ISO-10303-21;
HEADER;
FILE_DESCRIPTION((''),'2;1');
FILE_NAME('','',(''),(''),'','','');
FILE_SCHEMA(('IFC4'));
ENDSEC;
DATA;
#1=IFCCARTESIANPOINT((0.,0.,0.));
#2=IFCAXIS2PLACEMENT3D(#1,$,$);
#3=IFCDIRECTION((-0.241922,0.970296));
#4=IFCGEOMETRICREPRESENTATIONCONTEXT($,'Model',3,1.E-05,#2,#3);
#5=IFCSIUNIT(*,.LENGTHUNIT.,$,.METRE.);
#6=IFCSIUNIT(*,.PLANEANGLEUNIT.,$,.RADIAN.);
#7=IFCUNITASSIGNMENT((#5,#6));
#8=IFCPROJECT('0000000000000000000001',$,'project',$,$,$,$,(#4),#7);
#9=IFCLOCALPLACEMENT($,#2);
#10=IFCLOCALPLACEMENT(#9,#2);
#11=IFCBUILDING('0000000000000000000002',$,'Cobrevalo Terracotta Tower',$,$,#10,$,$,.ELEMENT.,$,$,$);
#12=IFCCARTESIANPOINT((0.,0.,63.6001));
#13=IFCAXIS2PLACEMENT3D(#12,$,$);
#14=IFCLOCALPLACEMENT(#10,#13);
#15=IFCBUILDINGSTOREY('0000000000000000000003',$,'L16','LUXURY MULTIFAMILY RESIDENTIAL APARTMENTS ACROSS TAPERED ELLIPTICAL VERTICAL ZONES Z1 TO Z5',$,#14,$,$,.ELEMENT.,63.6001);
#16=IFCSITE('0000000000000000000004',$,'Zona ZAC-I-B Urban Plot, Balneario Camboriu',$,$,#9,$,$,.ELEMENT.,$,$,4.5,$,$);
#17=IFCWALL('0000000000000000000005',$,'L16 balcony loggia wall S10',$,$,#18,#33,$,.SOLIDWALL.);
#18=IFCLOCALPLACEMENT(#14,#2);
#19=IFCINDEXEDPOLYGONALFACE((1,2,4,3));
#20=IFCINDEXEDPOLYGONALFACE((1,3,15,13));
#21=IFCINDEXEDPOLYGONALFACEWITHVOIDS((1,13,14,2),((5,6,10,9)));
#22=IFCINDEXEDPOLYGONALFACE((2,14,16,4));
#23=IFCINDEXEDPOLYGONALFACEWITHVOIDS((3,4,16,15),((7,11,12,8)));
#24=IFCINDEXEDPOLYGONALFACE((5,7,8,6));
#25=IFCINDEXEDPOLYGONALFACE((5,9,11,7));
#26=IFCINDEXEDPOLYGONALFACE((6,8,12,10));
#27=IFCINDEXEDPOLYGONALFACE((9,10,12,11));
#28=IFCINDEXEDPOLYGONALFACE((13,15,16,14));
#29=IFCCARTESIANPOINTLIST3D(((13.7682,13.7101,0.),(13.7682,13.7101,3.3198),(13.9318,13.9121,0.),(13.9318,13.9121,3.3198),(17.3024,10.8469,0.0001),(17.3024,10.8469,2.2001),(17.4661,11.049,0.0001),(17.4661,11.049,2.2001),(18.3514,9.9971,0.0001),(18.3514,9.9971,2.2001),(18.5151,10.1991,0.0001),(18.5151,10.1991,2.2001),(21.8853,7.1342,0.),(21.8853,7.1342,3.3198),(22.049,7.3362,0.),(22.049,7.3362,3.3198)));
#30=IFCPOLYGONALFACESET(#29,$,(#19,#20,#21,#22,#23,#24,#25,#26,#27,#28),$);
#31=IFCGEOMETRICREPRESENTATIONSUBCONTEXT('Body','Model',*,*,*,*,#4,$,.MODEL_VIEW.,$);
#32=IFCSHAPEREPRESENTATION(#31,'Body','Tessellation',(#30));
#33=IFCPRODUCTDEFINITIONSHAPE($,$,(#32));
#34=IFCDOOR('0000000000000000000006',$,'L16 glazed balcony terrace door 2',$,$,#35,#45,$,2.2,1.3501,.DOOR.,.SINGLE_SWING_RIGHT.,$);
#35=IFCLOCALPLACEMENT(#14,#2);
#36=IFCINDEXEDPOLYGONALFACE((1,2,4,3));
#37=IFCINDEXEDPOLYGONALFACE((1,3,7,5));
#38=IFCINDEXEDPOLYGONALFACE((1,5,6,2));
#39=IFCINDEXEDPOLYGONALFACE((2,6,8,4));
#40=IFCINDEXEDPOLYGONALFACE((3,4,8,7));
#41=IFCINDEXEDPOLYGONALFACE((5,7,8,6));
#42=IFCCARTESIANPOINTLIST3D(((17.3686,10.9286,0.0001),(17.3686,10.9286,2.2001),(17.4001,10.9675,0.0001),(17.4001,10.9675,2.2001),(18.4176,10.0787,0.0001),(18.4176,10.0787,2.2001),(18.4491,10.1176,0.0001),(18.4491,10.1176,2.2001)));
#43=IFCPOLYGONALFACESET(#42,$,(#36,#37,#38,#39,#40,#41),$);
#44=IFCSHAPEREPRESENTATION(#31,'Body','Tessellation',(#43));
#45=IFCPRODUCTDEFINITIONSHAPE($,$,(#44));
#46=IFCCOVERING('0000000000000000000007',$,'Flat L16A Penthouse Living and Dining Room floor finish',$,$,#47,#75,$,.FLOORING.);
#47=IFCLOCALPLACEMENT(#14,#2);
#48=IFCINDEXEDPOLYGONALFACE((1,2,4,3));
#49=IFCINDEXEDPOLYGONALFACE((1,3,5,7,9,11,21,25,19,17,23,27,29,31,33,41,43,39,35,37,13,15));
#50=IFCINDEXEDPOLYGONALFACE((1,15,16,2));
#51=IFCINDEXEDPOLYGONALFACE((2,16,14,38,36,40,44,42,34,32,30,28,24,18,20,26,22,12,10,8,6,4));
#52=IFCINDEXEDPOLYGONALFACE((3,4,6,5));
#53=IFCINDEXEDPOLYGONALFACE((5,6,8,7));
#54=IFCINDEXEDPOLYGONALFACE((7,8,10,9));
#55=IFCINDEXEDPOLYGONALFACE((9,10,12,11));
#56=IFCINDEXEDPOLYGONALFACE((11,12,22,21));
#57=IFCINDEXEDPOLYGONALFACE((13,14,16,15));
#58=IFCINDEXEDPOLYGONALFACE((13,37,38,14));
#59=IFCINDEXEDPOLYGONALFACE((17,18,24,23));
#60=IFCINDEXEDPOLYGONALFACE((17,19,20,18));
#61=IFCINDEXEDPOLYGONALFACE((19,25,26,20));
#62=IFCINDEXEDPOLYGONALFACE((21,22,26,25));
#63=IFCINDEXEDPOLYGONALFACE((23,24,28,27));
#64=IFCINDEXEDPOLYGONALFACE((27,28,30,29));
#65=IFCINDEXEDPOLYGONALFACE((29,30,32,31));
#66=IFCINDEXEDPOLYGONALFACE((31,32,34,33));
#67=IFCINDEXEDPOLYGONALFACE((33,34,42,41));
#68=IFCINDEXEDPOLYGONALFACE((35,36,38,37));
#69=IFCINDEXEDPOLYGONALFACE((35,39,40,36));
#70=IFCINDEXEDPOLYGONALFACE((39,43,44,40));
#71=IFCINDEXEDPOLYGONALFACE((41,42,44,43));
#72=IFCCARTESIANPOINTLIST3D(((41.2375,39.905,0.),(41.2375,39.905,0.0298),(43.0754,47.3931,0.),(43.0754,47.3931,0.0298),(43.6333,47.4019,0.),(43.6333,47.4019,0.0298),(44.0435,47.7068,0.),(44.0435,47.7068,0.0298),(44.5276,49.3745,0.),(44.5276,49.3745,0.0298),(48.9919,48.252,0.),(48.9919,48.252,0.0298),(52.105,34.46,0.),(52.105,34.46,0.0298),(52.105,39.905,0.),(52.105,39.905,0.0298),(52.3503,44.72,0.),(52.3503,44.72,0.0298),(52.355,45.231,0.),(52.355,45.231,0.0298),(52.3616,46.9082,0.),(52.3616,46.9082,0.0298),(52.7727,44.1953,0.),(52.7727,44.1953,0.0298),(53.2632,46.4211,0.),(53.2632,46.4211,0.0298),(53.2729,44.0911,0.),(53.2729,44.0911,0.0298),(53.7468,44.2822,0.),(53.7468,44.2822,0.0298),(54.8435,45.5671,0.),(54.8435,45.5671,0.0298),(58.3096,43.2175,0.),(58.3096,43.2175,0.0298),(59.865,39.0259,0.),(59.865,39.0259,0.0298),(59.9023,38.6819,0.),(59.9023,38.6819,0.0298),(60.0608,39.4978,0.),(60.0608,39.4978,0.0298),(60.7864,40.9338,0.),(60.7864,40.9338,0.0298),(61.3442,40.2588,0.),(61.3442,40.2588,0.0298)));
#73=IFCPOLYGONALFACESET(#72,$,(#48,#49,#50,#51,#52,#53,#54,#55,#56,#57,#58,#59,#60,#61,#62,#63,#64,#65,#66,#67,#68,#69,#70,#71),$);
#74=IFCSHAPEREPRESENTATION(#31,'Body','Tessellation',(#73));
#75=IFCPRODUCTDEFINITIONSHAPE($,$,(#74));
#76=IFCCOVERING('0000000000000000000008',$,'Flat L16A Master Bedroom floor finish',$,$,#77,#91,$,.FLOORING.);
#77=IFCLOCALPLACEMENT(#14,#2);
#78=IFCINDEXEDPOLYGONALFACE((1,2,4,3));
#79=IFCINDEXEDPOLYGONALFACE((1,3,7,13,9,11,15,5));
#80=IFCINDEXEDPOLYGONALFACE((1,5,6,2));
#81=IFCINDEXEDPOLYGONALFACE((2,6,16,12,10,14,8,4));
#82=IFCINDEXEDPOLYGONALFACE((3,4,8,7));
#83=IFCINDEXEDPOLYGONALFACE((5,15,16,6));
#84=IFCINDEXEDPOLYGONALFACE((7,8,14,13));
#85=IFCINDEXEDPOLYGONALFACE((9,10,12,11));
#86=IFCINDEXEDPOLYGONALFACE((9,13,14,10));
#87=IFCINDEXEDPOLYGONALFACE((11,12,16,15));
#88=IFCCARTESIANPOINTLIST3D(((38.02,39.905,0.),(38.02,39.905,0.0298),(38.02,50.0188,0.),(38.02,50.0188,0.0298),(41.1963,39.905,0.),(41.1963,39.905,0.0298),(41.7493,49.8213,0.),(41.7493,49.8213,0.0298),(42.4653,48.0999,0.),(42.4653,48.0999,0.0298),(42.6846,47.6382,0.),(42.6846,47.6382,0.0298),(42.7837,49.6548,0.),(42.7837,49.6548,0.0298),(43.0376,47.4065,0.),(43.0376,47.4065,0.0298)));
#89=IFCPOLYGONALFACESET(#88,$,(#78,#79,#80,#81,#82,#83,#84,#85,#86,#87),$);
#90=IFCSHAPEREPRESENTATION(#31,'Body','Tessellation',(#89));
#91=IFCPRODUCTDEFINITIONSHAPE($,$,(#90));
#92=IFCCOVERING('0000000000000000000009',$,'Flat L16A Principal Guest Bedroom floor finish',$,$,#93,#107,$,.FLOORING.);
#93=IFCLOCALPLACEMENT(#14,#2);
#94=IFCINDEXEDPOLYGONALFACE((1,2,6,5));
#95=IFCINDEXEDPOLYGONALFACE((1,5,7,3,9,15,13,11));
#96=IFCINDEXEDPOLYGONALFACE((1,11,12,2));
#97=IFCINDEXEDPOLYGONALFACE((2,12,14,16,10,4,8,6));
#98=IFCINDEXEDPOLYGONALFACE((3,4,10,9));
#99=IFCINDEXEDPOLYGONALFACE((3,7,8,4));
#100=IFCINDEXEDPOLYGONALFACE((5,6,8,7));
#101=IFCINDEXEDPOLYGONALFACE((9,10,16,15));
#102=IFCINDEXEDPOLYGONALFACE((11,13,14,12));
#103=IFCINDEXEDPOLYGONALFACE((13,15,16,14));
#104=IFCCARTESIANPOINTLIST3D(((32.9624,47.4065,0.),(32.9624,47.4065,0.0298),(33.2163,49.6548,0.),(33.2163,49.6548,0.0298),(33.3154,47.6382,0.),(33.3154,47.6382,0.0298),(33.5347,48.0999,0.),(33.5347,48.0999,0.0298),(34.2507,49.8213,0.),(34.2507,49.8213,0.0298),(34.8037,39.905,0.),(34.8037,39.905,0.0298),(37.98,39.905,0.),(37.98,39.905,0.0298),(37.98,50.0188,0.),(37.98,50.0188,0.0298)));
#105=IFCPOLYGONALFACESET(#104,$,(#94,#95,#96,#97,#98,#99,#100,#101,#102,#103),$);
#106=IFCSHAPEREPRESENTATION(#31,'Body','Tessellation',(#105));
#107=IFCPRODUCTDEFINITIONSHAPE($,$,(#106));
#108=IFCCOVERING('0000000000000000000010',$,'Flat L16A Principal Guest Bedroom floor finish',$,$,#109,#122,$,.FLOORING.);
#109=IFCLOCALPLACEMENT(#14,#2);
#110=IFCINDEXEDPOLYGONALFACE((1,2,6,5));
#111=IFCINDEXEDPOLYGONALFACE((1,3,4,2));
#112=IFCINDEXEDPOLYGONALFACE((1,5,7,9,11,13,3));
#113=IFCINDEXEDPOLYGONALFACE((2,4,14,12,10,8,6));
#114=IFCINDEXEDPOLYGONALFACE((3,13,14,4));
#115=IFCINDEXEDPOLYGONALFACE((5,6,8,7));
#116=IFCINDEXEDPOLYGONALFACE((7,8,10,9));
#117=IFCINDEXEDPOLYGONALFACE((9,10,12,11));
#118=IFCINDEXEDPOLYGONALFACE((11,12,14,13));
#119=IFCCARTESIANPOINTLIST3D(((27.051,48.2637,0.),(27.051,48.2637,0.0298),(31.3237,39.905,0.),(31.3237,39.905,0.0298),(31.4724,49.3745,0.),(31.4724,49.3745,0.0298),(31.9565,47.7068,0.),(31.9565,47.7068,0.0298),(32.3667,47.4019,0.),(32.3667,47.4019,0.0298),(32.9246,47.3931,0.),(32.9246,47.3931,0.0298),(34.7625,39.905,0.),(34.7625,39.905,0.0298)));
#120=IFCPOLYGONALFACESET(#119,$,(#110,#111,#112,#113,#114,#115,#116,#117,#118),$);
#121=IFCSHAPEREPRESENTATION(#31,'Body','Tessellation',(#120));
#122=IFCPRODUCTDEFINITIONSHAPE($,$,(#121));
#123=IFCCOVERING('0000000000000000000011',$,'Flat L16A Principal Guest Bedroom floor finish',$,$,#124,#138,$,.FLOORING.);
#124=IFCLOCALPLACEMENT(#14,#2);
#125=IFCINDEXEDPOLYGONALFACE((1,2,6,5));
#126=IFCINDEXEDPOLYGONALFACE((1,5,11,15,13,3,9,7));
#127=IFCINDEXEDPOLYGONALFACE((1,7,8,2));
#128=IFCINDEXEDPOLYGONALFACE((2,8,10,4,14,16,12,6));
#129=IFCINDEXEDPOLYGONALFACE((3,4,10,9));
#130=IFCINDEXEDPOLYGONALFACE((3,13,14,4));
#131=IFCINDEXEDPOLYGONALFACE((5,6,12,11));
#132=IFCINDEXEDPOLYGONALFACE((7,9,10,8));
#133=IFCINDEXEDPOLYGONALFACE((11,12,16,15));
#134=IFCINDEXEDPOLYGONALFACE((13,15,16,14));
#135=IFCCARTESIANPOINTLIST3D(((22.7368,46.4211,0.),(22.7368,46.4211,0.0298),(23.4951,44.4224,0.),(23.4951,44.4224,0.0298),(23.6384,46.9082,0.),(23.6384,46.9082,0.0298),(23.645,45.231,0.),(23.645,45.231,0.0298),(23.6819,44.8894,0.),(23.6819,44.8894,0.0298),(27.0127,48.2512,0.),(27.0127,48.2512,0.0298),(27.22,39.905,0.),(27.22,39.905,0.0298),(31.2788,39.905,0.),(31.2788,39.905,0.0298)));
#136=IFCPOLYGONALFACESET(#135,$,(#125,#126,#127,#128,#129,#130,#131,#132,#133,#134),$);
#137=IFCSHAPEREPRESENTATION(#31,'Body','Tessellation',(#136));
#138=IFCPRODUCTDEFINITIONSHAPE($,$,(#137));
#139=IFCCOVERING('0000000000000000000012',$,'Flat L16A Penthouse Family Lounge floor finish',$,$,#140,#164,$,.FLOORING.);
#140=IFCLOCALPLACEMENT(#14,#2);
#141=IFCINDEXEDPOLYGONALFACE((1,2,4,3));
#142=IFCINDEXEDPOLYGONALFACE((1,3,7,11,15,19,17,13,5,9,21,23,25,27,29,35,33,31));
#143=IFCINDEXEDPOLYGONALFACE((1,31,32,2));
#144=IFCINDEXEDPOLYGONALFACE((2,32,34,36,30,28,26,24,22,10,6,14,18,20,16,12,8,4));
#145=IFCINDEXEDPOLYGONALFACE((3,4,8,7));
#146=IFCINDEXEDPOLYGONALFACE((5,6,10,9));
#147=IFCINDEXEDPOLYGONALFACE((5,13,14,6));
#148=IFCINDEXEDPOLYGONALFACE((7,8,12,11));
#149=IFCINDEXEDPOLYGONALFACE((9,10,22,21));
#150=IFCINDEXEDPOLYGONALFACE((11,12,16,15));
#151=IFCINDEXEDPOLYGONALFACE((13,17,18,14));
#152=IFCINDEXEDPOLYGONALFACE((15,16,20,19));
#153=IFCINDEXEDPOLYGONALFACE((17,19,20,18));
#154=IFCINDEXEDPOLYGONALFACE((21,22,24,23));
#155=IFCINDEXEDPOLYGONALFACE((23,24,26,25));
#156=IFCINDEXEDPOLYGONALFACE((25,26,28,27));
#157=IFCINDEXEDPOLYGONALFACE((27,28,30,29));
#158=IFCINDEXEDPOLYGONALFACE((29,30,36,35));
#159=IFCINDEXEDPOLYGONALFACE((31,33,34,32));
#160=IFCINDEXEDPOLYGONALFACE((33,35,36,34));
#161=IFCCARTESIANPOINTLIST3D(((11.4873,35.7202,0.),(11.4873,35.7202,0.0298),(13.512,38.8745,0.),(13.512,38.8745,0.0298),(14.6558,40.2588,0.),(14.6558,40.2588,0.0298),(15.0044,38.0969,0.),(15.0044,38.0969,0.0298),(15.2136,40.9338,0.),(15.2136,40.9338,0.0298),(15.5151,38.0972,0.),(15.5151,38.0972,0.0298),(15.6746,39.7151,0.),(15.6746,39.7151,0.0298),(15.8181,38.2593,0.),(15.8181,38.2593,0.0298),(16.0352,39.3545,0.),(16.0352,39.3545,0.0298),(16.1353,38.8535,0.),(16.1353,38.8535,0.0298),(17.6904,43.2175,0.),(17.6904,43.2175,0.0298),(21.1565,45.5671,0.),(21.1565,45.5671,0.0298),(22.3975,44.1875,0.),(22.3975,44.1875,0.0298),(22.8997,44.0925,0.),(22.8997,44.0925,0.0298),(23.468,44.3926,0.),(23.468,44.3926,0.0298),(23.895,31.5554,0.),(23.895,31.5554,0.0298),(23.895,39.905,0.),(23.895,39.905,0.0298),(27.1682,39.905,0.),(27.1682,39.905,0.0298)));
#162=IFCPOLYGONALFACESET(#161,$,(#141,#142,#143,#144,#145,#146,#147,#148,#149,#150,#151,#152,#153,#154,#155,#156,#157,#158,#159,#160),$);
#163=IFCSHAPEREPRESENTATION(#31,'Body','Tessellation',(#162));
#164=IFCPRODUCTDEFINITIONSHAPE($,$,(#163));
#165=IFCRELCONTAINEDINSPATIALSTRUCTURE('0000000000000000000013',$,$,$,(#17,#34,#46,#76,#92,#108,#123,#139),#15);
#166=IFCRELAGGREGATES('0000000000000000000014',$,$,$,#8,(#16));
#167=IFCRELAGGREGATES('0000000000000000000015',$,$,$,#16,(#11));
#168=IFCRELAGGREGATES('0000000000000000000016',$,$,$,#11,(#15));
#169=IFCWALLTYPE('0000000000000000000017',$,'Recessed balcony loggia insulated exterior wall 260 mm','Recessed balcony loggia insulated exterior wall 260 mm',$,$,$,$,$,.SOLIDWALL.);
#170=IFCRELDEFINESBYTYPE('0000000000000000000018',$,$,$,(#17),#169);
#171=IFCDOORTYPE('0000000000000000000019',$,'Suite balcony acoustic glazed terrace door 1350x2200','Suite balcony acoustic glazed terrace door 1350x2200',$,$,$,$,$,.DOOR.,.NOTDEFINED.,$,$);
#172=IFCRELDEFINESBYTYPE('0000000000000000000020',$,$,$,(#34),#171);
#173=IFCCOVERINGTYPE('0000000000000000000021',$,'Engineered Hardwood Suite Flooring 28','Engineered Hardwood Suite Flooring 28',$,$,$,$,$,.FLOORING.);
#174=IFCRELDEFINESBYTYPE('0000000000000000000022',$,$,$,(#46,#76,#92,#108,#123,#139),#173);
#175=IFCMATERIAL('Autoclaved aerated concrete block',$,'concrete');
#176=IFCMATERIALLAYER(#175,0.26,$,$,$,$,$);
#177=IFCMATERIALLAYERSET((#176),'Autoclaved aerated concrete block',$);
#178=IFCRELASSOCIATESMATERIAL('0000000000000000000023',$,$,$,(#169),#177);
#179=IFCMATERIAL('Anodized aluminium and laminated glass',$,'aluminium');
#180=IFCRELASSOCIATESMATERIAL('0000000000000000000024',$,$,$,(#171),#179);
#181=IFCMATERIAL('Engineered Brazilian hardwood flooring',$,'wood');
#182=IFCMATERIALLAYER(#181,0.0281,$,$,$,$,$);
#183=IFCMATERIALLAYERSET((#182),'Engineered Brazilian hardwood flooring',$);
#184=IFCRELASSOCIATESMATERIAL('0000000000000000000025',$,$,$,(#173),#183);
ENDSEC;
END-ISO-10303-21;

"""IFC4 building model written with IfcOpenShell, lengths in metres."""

from ifc_helpers import new_model, si_unit, direction, frame, frame_2d, origin, place, context, subcontext, project, spatial, polyline, rectangle, outline, extrude, source, transform, mapped, material, layer, layer_set, type_object, element, fill, save


model = new_model("IFC4")

# Units and contexts
model_context = context("Model", 3, precision=1e-05, world=origin(), true_north=direction((-0.241922, 0.970296)))
body_context = subcontext(model_context, "Body", "Model", "MODEL_VIEW")
ifc_project = project(units=[si_unit("LENGTHUNIT", "METRE"), si_unit("PLANEANGLEUNIT", "RADIAN")], contexts=[model_context])

# Site, building, storey
site_placement = place(None, origin())
site = spatial("IfcSite", under=ifc_project, at=site_placement, Name="Zona ZAC-I-B Urban Plot, Balneario Camboriu", CompositionType="ELEMENT", RefElevation=4.5)
building_placement = place(site_placement, origin())
building = spatial("IfcBuilding", under=site, at=building_placement, Name="Cobrevalo Terracotta Tower", CompositionType="ELEMENT")
storey_placement = place(building_placement, frame((0.0, 0.0, 63.6001)))
storey = spatial("IfcBuildingStorey", under=building, at=storey_placement, Name="L16", Description="LUXURY MULTIFAMILY RESIDENTIAL APARTMENTS ACROSS TAPERED ELLIPTICAL VERTICAL ZONES Z1 TO Z5", CompositionType="ELEMENT", Elevation=63.6001)

# Wall, opening, door
ifc_material_1 = material(Name="Autoclaved aerated concrete block", Category="concrete")
ifc_layer_1 = layer(ifc_material_1, 0.26)
ifc_layer_set_1 = layer_set([ifc_layer_1], Name="Autoclaved aerated concrete block")
wall_type = type_object("IfcWallType", Name="Recessed balcony loggia insulated exterior wall 260 mm", Description="Recessed balcony loggia insulated exterior wall 260 mm", PredefinedType="SOLIDWALL", material=ifc_layer_set_1)
wall_placement = place(storey_placement, frame((13.8501, 13.811, 0.0), z_axis=(0.0, 0.0, 1.0), x_axis=(0.777017, -0.62948, 0.0)))
wall = element("IfcWall", 1, at=wall_placement, inside=storey, type_object=wall_type, Name="L16 balcony loggia wall S10", PredefinedType="SOLIDWALL", context=body_context, shape_type="SweptSolid", body=[
    extrude(rectangle(XDim=10.4465, YDim=0.26, at=frame_2d((5.2231, 0.0))), origin(), (0.0, 0.0, 1.0), 3.3198),
])
opening_placement = place(wall_placement, frame((4.5483, 0.0, 0.0)))
opening = element("IfcOpeningElement", 2, at=opening_placement, cuts=wall, PredefinedType="OPENING", context=body_context, shape_type="SweptSolid", body=[
    extrude(rectangle(XDim=1.3501, YDim=2.2, at=frame_2d((0.675, 1.1001))), frame((0.0, 0.1401, 0.0), z_axis=(0.0, -1.0, 0.0), x_axis=(1.0, 0.0, 0.0)), (0.0, 0.0, 1.0), 0.28),
])
ifc_material_2 = material(Name="Anodized aluminium and laminated glass", Category="aluminium")
door_type = type_object("IfcDoorType", Name="Suite balcony acoustic glazed terrace door 1350x2200", Description="Suite balcony acoustic glazed terrace door 1350x2200", OperationType="NOTDEFINED", PredefinedType="DOOR", material=ifc_material_2)
shared_shape_1 = source(origin(), body_context, "Body", "SweptSolid", [
    extrude(rectangle(XDim=1.3501, YDim=2.2, at=frame_2d((0.675, 1.1001))), frame((0.0, 0.0249, 0.0), z_axis=(0.0, -1.0, 0.0), x_axis=(1.0, 0.0, 0.0)), (0.0, 0.0, 1.0), 0.05),
])
door_placement = place(opening_placement, frame((1.3501, 0.0, 0.0), z_axis=(0.0, 0.0, 1.0), x_axis=(-1.0, 0.0, 0.0)))
door = element("IfcDoor", 3, at=door_placement, inside=storey, type_object=door_type, Name="L16 glazed balcony terrace door 2", OperationType="SINGLE_SWING_RIGHT", OverallHeight=2.2, OverallWidth=1.3501, PredefinedType="DOOR", context=body_context, shape_type="MappedRepresentation", body=[
    mapped(shared_shape_1, transform((0.0, 0.0, 0.0), scale=1.0)),
])
fill(opening, door)

# Coverings
ifc_material_3 = material(Name="Engineered Brazilian hardwood flooring", Category="wood")
ifc_layer_2 = layer(ifc_material_3, 0.0281)
ifc_layer_set_2 = layer_set([ifc_layer_2], Name="Engineered Brazilian hardwood flooring")
covering_type_1 = type_object("IfcCoveringType", Name="Engineered Hardwood Suite Flooring 28", Description="Engineered Hardwood Suite Flooring 28", PredefinedType="FLOORING", material=ifc_layer_set_2)
covering_1_placement = place(storey_placement, origin())
element("IfcCovering", 4, at=covering_1_placement, inside=storey, type_object=covering_type_1, Name="Flat L16A Penthouse Living and Dining Room floor finish", PredefinedType="FLOORING", context=body_context, shape_type="SweptSolid", body=[
    extrude(outline(polyline([(48.9919, 48.252), (52.3616, 46.9082), (53.2632, 46.4211), (52.355, 45.231), (52.3503, 44.72), (52.7727, 44.1953), (53.2729, 44.0911), (53.7468, 44.2822), (54.8435, 45.5671), (58.3096, 43.2175), (60.7864, 40.9338), (61.3442, 40.2588), (60.0608, 39.4978), (59.865, 39.0259), (59.9023, 38.6819), (52.105, 34.46), (52.105, 39.905), (41.2375, 39.905), (43.0754, 47.3931), (43.6333, 47.4019), (44.0435, 47.7068), (44.5276, 49.3745), (48.9919, 48.252)])), origin(), (0.0, 0.0, 1.0), 0.0298),
])
covering_2_placement = place(storey_placement, origin())
element("IfcCovering", 5, at=covering_2_placement, inside=storey, type_object=covering_type_1, Name="Flat L16A Master Bedroom floor finish", PredefinedType="FLOORING", context=body_context, shape_type="SweptSolid", body=[
    extrude(outline(polyline([(42.7837, 49.6548), (42.4653, 48.0999), (42.6846, 47.6382), (43.0376, 47.4065), (41.1963, 39.905), (38.02, 39.905), (38.02, 50.0188), (41.7493, 49.8213), (42.7837, 49.6548)])), origin(), (0.0, 0.0, 1.0), 0.0298),
])
covering_3_placement = place(storey_placement, origin())
element("IfcCovering", 6, at=covering_3_placement, inside=storey, type_object=covering_type_1, Name="Flat L16A Principal Guest Bedroom floor finish", PredefinedType="FLOORING", context=body_context, shape_type="SweptSolid", body=[
    extrude(outline(polyline([(37.98, 50.0188), (37.98, 39.905), (34.8037, 39.905), (32.9624, 47.4065), (33.3154, 47.6382), (33.5347, 48.0999), (33.2163, 49.6548), (34.2507, 49.8213), (37.98, 50.0188)])), origin(), (0.0, 0.0, 1.0), 0.0298),
])
covering_4_placement = place(storey_placement, origin())
element("IfcCovering", 7, at=covering_4_placement, inside=storey, type_object=covering_type_1, Name="Flat L16A Principal Guest Bedroom floor finish", PredefinedType="FLOORING", context=body_context, shape_type="SweptSolid", body=[
    extrude(outline(polyline([(31.4724, 49.3745), (31.9565, 47.7068), (32.3667, 47.4019), (32.9246, 47.3931), (34.7625, 39.905), (31.3237, 39.905), (27.051, 48.2637), (31.4724, 49.3745)])), origin(), (0.0, 0.0, 1.0), 0.0298),
])
covering_5_placement = place(storey_placement, origin())
element("IfcCovering", 8, at=covering_5_placement, inside=storey, type_object=covering_type_1, Name="Flat L16A Principal Guest Bedroom floor finish", PredefinedType="FLOORING", context=body_context, shape_type="SweptSolid", body=[
    extrude(outline(polyline([(23.4951, 44.4224), (23.6819, 44.8894), (23.645, 45.231), (22.7368, 46.4211), (23.6384, 46.9082), (27.0127, 48.2512), (31.2788, 39.905), (27.22, 39.905), (23.4951, 44.4224)])), origin(), (0.0, 0.0, 1.0), 0.0298),
])
covering_6_placement = place(storey_placement, origin())
element("IfcCovering", 9, at=covering_6_placement, inside=storey, type_object=covering_type_1, Name="Flat L16A Penthouse Family Lounge floor finish", PredefinedType="FLOORING", context=body_context, shape_type="SweptSolid", body=[
    extrude(outline(polyline([(13.512, 38.8745), (15.0044, 38.0969), (15.5151, 38.0972), (15.8181, 38.2593), (16.1353, 38.8535), (16.0352, 39.3545), (15.6746, 39.7151), (14.6558, 40.2588), (15.2136, 40.9338), (17.6904, 43.2175), (21.1565, 45.5671), (22.3975, 44.1875), (22.8997, 44.0925), (23.468, 44.3926), (27.1682, 39.905), (23.895, 39.905), (23.895, 31.5554), (11.4873, 35.7202), (13.512, 38.8745)])), origin(), (0.0, 0.0, 1.0), 0.0298),
])

save(model, "model.ifc")
